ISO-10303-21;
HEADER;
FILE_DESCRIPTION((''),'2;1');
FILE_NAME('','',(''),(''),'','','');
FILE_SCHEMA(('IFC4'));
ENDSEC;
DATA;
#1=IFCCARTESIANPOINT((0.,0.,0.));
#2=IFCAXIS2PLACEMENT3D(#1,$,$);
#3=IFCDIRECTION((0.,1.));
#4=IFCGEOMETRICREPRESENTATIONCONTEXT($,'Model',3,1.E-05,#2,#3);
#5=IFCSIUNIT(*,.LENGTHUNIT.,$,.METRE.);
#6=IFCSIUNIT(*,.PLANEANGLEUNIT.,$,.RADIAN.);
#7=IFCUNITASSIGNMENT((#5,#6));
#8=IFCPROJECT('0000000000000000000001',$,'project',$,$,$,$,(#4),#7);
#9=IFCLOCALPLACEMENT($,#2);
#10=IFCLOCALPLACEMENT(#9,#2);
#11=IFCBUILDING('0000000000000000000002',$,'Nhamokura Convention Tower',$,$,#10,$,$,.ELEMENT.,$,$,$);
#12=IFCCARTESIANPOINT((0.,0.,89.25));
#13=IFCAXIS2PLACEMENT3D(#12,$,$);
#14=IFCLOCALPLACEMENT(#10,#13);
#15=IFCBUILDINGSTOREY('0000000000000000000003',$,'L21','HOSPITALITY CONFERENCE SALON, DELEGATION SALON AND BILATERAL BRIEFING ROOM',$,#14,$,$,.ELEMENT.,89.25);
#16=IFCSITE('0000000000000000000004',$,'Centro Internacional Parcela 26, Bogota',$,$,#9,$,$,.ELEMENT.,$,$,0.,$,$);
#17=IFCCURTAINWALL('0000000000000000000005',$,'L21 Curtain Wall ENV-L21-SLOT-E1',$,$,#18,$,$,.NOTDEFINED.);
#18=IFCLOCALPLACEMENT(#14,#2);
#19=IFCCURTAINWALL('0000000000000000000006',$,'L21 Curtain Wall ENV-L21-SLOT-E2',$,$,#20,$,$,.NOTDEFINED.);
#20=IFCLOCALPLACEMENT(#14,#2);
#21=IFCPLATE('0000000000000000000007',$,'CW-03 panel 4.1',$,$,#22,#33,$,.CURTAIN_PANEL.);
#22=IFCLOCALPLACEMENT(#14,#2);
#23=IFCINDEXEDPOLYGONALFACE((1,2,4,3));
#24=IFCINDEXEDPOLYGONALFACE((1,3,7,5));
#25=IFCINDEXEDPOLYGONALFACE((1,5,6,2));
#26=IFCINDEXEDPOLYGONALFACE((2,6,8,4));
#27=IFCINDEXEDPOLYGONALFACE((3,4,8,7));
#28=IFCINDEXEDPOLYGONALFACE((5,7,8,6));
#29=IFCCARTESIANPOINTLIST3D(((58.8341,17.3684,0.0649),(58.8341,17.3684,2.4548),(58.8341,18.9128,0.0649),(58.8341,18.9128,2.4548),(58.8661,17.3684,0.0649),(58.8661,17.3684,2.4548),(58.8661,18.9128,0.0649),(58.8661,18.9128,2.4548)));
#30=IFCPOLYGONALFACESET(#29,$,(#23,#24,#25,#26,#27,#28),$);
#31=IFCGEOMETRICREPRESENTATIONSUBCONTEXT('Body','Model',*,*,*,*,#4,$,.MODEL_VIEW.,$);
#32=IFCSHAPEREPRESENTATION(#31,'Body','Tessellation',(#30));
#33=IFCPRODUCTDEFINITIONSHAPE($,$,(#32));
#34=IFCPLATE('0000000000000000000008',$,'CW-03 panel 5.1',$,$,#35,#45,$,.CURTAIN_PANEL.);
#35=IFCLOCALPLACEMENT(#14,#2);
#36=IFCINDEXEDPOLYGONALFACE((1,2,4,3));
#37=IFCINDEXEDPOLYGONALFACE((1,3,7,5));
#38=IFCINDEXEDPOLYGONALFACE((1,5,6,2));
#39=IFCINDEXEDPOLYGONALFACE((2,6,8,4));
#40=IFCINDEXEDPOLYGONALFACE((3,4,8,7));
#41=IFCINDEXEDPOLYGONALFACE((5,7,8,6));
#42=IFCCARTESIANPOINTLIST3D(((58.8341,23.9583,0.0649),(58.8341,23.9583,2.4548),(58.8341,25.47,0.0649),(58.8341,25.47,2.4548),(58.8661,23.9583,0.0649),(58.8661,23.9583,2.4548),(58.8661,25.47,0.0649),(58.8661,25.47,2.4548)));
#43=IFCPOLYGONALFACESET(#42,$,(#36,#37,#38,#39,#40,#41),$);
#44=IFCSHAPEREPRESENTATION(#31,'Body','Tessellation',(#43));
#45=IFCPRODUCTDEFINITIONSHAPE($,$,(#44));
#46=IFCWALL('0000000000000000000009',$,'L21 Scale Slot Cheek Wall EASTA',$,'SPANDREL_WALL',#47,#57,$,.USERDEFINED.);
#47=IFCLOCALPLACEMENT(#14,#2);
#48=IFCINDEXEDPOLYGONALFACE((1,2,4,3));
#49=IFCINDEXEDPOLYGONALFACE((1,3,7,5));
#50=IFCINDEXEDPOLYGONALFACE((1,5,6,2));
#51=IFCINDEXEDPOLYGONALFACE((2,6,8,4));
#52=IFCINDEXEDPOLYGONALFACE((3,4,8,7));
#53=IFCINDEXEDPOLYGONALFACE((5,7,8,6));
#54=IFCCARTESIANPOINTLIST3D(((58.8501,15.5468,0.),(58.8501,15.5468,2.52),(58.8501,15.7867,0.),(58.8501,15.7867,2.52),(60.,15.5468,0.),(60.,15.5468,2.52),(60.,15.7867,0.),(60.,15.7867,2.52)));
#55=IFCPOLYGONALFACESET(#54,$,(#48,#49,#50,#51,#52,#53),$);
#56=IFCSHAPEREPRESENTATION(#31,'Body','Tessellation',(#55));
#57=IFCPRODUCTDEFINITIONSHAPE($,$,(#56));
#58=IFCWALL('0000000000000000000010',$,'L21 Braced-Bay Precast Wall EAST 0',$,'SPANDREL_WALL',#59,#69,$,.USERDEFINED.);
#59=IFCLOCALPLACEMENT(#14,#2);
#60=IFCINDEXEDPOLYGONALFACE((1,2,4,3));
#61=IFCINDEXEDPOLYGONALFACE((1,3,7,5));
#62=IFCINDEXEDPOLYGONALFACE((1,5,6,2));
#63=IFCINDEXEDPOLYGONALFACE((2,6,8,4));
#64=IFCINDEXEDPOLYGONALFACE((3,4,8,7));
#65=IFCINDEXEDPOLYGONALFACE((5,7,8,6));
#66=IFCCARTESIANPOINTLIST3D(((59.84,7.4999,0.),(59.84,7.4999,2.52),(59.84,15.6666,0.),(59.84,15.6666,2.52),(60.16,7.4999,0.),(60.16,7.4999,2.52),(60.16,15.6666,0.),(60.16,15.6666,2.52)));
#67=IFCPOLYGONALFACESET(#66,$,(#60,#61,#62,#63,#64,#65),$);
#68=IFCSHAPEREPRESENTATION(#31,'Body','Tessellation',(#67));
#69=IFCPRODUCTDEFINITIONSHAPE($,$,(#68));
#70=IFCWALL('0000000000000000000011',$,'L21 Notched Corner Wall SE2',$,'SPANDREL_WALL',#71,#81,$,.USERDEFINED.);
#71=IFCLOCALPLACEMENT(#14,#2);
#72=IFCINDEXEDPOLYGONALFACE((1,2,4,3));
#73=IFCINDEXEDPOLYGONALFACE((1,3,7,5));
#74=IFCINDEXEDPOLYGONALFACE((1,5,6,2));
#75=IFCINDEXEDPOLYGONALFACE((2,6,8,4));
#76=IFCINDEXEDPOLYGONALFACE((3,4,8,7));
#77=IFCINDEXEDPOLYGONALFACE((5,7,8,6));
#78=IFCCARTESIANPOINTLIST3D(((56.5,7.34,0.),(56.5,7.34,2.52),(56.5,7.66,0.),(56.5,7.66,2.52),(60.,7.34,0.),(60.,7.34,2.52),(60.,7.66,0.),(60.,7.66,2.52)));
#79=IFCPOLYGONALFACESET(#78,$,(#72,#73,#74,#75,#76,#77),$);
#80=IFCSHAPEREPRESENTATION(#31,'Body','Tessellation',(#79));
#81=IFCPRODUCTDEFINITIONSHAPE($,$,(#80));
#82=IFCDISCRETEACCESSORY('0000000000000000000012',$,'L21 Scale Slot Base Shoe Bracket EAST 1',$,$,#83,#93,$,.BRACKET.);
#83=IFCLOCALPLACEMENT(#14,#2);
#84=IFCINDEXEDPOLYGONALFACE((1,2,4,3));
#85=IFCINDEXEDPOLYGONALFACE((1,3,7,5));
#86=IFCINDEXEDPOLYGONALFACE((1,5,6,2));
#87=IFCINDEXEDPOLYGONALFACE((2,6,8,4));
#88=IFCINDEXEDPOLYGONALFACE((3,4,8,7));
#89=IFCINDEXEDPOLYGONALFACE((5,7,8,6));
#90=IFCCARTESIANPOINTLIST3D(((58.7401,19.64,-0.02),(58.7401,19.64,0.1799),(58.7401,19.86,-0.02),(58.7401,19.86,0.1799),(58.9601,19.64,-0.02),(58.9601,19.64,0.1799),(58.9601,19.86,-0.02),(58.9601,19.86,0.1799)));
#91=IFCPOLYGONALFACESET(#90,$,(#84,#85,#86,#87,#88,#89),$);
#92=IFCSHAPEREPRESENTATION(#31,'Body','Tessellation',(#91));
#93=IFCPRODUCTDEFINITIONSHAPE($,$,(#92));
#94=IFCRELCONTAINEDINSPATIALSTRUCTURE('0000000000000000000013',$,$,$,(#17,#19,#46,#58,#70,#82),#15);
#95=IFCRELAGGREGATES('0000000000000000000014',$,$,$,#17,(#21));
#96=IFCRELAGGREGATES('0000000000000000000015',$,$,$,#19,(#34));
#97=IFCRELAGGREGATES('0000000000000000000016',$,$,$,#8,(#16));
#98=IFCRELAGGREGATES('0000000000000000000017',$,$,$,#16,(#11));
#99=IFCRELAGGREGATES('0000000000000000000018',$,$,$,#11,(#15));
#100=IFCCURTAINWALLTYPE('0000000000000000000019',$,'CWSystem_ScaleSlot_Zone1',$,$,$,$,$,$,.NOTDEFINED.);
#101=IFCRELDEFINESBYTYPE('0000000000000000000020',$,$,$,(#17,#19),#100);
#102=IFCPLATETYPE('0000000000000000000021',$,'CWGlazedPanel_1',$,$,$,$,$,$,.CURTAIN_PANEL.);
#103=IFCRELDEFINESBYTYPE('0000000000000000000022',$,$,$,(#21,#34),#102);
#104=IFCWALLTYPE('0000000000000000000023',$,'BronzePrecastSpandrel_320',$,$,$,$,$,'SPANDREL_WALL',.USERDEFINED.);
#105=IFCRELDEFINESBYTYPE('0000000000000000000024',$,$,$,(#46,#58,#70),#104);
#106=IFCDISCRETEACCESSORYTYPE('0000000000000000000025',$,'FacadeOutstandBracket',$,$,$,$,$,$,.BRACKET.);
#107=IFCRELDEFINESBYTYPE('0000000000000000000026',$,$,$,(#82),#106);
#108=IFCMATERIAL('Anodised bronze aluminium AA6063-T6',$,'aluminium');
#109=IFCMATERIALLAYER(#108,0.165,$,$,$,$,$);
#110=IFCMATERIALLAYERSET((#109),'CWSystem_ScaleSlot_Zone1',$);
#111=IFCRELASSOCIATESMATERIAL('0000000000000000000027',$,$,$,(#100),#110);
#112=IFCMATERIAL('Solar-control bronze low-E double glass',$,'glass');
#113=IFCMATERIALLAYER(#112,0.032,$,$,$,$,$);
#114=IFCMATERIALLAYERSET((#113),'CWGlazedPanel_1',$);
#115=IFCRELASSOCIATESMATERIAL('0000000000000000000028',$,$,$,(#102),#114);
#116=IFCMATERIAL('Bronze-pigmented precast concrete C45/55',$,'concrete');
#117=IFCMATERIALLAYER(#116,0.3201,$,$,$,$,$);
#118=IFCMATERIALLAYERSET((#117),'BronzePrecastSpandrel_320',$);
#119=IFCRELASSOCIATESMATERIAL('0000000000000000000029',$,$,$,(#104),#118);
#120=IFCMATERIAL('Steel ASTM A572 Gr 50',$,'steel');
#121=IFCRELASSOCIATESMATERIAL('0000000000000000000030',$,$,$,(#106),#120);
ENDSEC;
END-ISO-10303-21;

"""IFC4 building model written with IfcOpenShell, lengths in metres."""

from ifc_helpers import new_model, si_unit, direction, frame, frame_2d, origin, origin_2d, place, context, subcontext, project, spatial, rectangle, extrude, material, layer, layer_set, type_object, element, aggregate, save


model = new_model("IFC4")

# Units and contexts
model_context = context("Model", 3, precision=1e-05, world=origin(), true_north=direction((0.0, 1.0)))
body_context = subcontext(model_context, "Body", "Model", "MODEL_VIEW")
ifc_project = project(units=[si_unit("LENGTHUNIT", "METRE"), si_unit("PLANEANGLEUNIT", "RADIAN")], contexts=[model_context])

# Site, building, storey
site_placement = place(None, origin())
site = spatial("IfcSite", under=ifc_project, at=site_placement, Name="Centro Internacional Parcela 26, Bogota", CompositionType="ELEMENT", RefElevation=0.0)
building_placement = place(site_placement, origin())
building = spatial("IfcBuilding", under=site, at=building_placement, Name="Nhamokura Convention Tower", CompositionType="ELEMENT")
storey_placement = place(building_placement, frame((0.0, 0.0, 89.25)))
storey = spatial("IfcBuildingStorey", under=building, at=storey_placement, Name="L21", Description="HOSPITALITY CONFERENCE SALON, DELEGATION SALON AND BILATERAL BRIEFING ROOM", CompositionType="ELEMENT", Elevation=89.25)

# Curtain walls
ifc_material_1 = material(Name="Anodised bronze aluminium AA6063-T6", Category="aluminium")
ifc_layer_1 = layer(ifc_material_1, 0.165)
ifc_layer_set_1 = layer_set([ifc_layer_1], Name="CWSystem_ScaleSlot_Zone1")
curtain_wall_type = type_object("IfcCurtainWallType", Name="CWSystem_ScaleSlot_Zone1", PredefinedType="NOTDEFINED", material=ifc_layer_set_1)
curtain_wall_1_placement = place(storey_placement, origin())
curtain_wall_1 = element("IfcCurtainWall", 1, at=curtain_wall_1_placement, inside=storey, type_object=curtain_wall_type, Name="L21 Curtain Wall ENV-L21-SLOT-E1", PredefinedType="NOTDEFINED")
curtain_wall_2_placement = place(storey_placement, origin())
curtain_wall_2 = element("IfcCurtainWall", 2, at=curtain_wall_2_placement, inside=storey, type_object=curtain_wall_type, Name="L21 Curtain Wall ENV-L21-SLOT-E2", PredefinedType="NOTDEFINED")

# Plates
ifc_material_2 = material(Name="Solar-control bronze low-E double glass", Category="glass")
ifc_layer_2 = layer(ifc_material_2, 0.032)
ifc_layer_set_2 = layer_set([ifc_layer_2], Name="CWGlazedPanel_1")
plate_type = type_object("IfcPlateType", Name="CWGlazedPanel_1", PredefinedType="CURTAIN_PANEL", material=ifc_layer_set_2)
plate_1_placement = place(storey_placement, frame((58.8501, 18.1406, 0.0649), z_axis=(0.0, 0.0, 1.0), x_axis=(0.0, -1.0, 0.0)))
plate_1 = element("IfcPlate", 3, at=plate_1_placement, type_object=plate_type, Name="CW-03 panel 4.1", PredefinedType="CURTAIN_PANEL", context=body_context, shape_type="SweptSolid", body=[
    extrude(rectangle(XDim=1.5444, YDim=0.032, at=origin_2d()), origin(), (0.0, 0.0, 1.0), 2.3899),
])
aggregate(curtain_wall_1, [plate_1])
plate_2_placement = place(storey_placement, frame((58.8501, 24.7141, 0.0649), z_axis=(0.0, 0.0, 1.0), x_axis=(0.0, -1.0, 0.0)))
plate_2 = element("IfcPlate", 4, at=plate_2_placement, type_object=plate_type, Name="CW-03 panel 5.1", PredefinedType="CURTAIN_PANEL", context=body_context, shape_type="SweptSolid", body=[
    extrude(rectangle(XDim=1.5117, YDim=0.032, at=origin_2d()), origin(), (0.0, 0.0, 1.0), 2.3899),
])
aggregate(curtain_wall_2, [plate_2])

# Walls
ifc_material_3 = material(Name="Bronze-pigmented precast concrete C45/55", Category="concrete")
ifc_layer_3 = layer(ifc_material_3, 0.3201)
ifc_layer_set_3 = layer_set([ifc_layer_3], Name="BronzePrecastSpandrel_320")
wall_type = type_object("IfcWallType", Name="BronzePrecastSpandrel_320", ElementType="SPANDREL_WALL", PredefinedType="USERDEFINED", material=ifc_layer_set_3)
wall_1_placement = place(storey_placement, frame((60.0, 15.6667, 0.0), z_axis=(0.0, 0.0, 1.0), x_axis=(-1.0, 0.0, 0.0)))
element("IfcWall", 5, at=wall_1_placement, inside=storey, type_object=wall_type, Name="L21 Scale Slot Cheek Wall EASTA", ObjectType="SPANDREL_WALL", PredefinedType="USERDEFINED", context=body_context, shape_type="SweptSolid", body=[
    extrude(rectangle(XDim=1.1499, YDim=0.24, at=frame_2d((0.575, 0.0))), origin(), (0.0, 0.0, 1.0), 2.52),
])
wall_2_placement = place(storey_placement, frame((60.0, 15.6667, 0.0), z_axis=(0.0, 0.0, 1.0), x_axis=(0.0, -1.0, 0.0)))
element("IfcWall", 6, at=wall_2_placement, inside=storey, type_object=wall_type, Name="L21 Braced-Bay Precast Wall EAST 0", ObjectType="SPANDREL_WALL", PredefinedType="USERDEFINED", context=body_context, shape_type="SweptSolid", body=[
    extrude(rectangle(XDim=8.1667, YDim=0.3201, at=frame_2d((4.0835, 0.0))), origin(), (0.0, 0.0, 1.0), 2.52),
])
wall_3_placement = place(storey_placement, frame((60.0, 7.5, 0.0), z_axis=(0.0, 0.0, 1.0), x_axis=(-1.0, 0.0, 0.0)))
element("IfcWall", 7, at=wall_3_placement, inside=storey, type_object=wall_type, Name="L21 Notched Corner Wall SE2", ObjectType="SPANDREL_WALL", PredefinedType="USERDEFINED", context=body_context, shape_type="SweptSolid", body=[
    extrude(rectangle(XDim=3.5, YDim=0.3201, at=frame_2d((1.75, 0.0))), origin(), (0.0, 0.0, 1.0), 2.52),
])

# Discrete accessory
ifc_material_4 = material(Name="Steel ASTM A572 Gr 50", Category="steel")
discrete_accessory_type = type_object("IfcDiscreteAccessoryType", Name="FacadeOutstandBracket", PredefinedType="BRACKET", material=ifc_material_4)
discrete_accessory_placement = place(storey_placement, frame((58.8501, 19.75, -0.02), z_axis=(0.0, 0.0, 1.0), x_axis=(1.0, 0.0, 0.0)))
element("IfcDiscreteAccessory", 8, at=discrete_accessory_placement, inside=storey, type_object=discrete_accessory_type, Name="L21 Scale Slot Base Shoe Bracket EAST 1", PredefinedType="BRACKET", context=body_context, shape_type="SweptSolid", body=[
    extrude(rectangle(XDim=0.22, YDim=0.22, at=origin_2d()), origin(), (0.0, 0.0, 1.0), 0.2),
])

save(model, "model.ifc")
